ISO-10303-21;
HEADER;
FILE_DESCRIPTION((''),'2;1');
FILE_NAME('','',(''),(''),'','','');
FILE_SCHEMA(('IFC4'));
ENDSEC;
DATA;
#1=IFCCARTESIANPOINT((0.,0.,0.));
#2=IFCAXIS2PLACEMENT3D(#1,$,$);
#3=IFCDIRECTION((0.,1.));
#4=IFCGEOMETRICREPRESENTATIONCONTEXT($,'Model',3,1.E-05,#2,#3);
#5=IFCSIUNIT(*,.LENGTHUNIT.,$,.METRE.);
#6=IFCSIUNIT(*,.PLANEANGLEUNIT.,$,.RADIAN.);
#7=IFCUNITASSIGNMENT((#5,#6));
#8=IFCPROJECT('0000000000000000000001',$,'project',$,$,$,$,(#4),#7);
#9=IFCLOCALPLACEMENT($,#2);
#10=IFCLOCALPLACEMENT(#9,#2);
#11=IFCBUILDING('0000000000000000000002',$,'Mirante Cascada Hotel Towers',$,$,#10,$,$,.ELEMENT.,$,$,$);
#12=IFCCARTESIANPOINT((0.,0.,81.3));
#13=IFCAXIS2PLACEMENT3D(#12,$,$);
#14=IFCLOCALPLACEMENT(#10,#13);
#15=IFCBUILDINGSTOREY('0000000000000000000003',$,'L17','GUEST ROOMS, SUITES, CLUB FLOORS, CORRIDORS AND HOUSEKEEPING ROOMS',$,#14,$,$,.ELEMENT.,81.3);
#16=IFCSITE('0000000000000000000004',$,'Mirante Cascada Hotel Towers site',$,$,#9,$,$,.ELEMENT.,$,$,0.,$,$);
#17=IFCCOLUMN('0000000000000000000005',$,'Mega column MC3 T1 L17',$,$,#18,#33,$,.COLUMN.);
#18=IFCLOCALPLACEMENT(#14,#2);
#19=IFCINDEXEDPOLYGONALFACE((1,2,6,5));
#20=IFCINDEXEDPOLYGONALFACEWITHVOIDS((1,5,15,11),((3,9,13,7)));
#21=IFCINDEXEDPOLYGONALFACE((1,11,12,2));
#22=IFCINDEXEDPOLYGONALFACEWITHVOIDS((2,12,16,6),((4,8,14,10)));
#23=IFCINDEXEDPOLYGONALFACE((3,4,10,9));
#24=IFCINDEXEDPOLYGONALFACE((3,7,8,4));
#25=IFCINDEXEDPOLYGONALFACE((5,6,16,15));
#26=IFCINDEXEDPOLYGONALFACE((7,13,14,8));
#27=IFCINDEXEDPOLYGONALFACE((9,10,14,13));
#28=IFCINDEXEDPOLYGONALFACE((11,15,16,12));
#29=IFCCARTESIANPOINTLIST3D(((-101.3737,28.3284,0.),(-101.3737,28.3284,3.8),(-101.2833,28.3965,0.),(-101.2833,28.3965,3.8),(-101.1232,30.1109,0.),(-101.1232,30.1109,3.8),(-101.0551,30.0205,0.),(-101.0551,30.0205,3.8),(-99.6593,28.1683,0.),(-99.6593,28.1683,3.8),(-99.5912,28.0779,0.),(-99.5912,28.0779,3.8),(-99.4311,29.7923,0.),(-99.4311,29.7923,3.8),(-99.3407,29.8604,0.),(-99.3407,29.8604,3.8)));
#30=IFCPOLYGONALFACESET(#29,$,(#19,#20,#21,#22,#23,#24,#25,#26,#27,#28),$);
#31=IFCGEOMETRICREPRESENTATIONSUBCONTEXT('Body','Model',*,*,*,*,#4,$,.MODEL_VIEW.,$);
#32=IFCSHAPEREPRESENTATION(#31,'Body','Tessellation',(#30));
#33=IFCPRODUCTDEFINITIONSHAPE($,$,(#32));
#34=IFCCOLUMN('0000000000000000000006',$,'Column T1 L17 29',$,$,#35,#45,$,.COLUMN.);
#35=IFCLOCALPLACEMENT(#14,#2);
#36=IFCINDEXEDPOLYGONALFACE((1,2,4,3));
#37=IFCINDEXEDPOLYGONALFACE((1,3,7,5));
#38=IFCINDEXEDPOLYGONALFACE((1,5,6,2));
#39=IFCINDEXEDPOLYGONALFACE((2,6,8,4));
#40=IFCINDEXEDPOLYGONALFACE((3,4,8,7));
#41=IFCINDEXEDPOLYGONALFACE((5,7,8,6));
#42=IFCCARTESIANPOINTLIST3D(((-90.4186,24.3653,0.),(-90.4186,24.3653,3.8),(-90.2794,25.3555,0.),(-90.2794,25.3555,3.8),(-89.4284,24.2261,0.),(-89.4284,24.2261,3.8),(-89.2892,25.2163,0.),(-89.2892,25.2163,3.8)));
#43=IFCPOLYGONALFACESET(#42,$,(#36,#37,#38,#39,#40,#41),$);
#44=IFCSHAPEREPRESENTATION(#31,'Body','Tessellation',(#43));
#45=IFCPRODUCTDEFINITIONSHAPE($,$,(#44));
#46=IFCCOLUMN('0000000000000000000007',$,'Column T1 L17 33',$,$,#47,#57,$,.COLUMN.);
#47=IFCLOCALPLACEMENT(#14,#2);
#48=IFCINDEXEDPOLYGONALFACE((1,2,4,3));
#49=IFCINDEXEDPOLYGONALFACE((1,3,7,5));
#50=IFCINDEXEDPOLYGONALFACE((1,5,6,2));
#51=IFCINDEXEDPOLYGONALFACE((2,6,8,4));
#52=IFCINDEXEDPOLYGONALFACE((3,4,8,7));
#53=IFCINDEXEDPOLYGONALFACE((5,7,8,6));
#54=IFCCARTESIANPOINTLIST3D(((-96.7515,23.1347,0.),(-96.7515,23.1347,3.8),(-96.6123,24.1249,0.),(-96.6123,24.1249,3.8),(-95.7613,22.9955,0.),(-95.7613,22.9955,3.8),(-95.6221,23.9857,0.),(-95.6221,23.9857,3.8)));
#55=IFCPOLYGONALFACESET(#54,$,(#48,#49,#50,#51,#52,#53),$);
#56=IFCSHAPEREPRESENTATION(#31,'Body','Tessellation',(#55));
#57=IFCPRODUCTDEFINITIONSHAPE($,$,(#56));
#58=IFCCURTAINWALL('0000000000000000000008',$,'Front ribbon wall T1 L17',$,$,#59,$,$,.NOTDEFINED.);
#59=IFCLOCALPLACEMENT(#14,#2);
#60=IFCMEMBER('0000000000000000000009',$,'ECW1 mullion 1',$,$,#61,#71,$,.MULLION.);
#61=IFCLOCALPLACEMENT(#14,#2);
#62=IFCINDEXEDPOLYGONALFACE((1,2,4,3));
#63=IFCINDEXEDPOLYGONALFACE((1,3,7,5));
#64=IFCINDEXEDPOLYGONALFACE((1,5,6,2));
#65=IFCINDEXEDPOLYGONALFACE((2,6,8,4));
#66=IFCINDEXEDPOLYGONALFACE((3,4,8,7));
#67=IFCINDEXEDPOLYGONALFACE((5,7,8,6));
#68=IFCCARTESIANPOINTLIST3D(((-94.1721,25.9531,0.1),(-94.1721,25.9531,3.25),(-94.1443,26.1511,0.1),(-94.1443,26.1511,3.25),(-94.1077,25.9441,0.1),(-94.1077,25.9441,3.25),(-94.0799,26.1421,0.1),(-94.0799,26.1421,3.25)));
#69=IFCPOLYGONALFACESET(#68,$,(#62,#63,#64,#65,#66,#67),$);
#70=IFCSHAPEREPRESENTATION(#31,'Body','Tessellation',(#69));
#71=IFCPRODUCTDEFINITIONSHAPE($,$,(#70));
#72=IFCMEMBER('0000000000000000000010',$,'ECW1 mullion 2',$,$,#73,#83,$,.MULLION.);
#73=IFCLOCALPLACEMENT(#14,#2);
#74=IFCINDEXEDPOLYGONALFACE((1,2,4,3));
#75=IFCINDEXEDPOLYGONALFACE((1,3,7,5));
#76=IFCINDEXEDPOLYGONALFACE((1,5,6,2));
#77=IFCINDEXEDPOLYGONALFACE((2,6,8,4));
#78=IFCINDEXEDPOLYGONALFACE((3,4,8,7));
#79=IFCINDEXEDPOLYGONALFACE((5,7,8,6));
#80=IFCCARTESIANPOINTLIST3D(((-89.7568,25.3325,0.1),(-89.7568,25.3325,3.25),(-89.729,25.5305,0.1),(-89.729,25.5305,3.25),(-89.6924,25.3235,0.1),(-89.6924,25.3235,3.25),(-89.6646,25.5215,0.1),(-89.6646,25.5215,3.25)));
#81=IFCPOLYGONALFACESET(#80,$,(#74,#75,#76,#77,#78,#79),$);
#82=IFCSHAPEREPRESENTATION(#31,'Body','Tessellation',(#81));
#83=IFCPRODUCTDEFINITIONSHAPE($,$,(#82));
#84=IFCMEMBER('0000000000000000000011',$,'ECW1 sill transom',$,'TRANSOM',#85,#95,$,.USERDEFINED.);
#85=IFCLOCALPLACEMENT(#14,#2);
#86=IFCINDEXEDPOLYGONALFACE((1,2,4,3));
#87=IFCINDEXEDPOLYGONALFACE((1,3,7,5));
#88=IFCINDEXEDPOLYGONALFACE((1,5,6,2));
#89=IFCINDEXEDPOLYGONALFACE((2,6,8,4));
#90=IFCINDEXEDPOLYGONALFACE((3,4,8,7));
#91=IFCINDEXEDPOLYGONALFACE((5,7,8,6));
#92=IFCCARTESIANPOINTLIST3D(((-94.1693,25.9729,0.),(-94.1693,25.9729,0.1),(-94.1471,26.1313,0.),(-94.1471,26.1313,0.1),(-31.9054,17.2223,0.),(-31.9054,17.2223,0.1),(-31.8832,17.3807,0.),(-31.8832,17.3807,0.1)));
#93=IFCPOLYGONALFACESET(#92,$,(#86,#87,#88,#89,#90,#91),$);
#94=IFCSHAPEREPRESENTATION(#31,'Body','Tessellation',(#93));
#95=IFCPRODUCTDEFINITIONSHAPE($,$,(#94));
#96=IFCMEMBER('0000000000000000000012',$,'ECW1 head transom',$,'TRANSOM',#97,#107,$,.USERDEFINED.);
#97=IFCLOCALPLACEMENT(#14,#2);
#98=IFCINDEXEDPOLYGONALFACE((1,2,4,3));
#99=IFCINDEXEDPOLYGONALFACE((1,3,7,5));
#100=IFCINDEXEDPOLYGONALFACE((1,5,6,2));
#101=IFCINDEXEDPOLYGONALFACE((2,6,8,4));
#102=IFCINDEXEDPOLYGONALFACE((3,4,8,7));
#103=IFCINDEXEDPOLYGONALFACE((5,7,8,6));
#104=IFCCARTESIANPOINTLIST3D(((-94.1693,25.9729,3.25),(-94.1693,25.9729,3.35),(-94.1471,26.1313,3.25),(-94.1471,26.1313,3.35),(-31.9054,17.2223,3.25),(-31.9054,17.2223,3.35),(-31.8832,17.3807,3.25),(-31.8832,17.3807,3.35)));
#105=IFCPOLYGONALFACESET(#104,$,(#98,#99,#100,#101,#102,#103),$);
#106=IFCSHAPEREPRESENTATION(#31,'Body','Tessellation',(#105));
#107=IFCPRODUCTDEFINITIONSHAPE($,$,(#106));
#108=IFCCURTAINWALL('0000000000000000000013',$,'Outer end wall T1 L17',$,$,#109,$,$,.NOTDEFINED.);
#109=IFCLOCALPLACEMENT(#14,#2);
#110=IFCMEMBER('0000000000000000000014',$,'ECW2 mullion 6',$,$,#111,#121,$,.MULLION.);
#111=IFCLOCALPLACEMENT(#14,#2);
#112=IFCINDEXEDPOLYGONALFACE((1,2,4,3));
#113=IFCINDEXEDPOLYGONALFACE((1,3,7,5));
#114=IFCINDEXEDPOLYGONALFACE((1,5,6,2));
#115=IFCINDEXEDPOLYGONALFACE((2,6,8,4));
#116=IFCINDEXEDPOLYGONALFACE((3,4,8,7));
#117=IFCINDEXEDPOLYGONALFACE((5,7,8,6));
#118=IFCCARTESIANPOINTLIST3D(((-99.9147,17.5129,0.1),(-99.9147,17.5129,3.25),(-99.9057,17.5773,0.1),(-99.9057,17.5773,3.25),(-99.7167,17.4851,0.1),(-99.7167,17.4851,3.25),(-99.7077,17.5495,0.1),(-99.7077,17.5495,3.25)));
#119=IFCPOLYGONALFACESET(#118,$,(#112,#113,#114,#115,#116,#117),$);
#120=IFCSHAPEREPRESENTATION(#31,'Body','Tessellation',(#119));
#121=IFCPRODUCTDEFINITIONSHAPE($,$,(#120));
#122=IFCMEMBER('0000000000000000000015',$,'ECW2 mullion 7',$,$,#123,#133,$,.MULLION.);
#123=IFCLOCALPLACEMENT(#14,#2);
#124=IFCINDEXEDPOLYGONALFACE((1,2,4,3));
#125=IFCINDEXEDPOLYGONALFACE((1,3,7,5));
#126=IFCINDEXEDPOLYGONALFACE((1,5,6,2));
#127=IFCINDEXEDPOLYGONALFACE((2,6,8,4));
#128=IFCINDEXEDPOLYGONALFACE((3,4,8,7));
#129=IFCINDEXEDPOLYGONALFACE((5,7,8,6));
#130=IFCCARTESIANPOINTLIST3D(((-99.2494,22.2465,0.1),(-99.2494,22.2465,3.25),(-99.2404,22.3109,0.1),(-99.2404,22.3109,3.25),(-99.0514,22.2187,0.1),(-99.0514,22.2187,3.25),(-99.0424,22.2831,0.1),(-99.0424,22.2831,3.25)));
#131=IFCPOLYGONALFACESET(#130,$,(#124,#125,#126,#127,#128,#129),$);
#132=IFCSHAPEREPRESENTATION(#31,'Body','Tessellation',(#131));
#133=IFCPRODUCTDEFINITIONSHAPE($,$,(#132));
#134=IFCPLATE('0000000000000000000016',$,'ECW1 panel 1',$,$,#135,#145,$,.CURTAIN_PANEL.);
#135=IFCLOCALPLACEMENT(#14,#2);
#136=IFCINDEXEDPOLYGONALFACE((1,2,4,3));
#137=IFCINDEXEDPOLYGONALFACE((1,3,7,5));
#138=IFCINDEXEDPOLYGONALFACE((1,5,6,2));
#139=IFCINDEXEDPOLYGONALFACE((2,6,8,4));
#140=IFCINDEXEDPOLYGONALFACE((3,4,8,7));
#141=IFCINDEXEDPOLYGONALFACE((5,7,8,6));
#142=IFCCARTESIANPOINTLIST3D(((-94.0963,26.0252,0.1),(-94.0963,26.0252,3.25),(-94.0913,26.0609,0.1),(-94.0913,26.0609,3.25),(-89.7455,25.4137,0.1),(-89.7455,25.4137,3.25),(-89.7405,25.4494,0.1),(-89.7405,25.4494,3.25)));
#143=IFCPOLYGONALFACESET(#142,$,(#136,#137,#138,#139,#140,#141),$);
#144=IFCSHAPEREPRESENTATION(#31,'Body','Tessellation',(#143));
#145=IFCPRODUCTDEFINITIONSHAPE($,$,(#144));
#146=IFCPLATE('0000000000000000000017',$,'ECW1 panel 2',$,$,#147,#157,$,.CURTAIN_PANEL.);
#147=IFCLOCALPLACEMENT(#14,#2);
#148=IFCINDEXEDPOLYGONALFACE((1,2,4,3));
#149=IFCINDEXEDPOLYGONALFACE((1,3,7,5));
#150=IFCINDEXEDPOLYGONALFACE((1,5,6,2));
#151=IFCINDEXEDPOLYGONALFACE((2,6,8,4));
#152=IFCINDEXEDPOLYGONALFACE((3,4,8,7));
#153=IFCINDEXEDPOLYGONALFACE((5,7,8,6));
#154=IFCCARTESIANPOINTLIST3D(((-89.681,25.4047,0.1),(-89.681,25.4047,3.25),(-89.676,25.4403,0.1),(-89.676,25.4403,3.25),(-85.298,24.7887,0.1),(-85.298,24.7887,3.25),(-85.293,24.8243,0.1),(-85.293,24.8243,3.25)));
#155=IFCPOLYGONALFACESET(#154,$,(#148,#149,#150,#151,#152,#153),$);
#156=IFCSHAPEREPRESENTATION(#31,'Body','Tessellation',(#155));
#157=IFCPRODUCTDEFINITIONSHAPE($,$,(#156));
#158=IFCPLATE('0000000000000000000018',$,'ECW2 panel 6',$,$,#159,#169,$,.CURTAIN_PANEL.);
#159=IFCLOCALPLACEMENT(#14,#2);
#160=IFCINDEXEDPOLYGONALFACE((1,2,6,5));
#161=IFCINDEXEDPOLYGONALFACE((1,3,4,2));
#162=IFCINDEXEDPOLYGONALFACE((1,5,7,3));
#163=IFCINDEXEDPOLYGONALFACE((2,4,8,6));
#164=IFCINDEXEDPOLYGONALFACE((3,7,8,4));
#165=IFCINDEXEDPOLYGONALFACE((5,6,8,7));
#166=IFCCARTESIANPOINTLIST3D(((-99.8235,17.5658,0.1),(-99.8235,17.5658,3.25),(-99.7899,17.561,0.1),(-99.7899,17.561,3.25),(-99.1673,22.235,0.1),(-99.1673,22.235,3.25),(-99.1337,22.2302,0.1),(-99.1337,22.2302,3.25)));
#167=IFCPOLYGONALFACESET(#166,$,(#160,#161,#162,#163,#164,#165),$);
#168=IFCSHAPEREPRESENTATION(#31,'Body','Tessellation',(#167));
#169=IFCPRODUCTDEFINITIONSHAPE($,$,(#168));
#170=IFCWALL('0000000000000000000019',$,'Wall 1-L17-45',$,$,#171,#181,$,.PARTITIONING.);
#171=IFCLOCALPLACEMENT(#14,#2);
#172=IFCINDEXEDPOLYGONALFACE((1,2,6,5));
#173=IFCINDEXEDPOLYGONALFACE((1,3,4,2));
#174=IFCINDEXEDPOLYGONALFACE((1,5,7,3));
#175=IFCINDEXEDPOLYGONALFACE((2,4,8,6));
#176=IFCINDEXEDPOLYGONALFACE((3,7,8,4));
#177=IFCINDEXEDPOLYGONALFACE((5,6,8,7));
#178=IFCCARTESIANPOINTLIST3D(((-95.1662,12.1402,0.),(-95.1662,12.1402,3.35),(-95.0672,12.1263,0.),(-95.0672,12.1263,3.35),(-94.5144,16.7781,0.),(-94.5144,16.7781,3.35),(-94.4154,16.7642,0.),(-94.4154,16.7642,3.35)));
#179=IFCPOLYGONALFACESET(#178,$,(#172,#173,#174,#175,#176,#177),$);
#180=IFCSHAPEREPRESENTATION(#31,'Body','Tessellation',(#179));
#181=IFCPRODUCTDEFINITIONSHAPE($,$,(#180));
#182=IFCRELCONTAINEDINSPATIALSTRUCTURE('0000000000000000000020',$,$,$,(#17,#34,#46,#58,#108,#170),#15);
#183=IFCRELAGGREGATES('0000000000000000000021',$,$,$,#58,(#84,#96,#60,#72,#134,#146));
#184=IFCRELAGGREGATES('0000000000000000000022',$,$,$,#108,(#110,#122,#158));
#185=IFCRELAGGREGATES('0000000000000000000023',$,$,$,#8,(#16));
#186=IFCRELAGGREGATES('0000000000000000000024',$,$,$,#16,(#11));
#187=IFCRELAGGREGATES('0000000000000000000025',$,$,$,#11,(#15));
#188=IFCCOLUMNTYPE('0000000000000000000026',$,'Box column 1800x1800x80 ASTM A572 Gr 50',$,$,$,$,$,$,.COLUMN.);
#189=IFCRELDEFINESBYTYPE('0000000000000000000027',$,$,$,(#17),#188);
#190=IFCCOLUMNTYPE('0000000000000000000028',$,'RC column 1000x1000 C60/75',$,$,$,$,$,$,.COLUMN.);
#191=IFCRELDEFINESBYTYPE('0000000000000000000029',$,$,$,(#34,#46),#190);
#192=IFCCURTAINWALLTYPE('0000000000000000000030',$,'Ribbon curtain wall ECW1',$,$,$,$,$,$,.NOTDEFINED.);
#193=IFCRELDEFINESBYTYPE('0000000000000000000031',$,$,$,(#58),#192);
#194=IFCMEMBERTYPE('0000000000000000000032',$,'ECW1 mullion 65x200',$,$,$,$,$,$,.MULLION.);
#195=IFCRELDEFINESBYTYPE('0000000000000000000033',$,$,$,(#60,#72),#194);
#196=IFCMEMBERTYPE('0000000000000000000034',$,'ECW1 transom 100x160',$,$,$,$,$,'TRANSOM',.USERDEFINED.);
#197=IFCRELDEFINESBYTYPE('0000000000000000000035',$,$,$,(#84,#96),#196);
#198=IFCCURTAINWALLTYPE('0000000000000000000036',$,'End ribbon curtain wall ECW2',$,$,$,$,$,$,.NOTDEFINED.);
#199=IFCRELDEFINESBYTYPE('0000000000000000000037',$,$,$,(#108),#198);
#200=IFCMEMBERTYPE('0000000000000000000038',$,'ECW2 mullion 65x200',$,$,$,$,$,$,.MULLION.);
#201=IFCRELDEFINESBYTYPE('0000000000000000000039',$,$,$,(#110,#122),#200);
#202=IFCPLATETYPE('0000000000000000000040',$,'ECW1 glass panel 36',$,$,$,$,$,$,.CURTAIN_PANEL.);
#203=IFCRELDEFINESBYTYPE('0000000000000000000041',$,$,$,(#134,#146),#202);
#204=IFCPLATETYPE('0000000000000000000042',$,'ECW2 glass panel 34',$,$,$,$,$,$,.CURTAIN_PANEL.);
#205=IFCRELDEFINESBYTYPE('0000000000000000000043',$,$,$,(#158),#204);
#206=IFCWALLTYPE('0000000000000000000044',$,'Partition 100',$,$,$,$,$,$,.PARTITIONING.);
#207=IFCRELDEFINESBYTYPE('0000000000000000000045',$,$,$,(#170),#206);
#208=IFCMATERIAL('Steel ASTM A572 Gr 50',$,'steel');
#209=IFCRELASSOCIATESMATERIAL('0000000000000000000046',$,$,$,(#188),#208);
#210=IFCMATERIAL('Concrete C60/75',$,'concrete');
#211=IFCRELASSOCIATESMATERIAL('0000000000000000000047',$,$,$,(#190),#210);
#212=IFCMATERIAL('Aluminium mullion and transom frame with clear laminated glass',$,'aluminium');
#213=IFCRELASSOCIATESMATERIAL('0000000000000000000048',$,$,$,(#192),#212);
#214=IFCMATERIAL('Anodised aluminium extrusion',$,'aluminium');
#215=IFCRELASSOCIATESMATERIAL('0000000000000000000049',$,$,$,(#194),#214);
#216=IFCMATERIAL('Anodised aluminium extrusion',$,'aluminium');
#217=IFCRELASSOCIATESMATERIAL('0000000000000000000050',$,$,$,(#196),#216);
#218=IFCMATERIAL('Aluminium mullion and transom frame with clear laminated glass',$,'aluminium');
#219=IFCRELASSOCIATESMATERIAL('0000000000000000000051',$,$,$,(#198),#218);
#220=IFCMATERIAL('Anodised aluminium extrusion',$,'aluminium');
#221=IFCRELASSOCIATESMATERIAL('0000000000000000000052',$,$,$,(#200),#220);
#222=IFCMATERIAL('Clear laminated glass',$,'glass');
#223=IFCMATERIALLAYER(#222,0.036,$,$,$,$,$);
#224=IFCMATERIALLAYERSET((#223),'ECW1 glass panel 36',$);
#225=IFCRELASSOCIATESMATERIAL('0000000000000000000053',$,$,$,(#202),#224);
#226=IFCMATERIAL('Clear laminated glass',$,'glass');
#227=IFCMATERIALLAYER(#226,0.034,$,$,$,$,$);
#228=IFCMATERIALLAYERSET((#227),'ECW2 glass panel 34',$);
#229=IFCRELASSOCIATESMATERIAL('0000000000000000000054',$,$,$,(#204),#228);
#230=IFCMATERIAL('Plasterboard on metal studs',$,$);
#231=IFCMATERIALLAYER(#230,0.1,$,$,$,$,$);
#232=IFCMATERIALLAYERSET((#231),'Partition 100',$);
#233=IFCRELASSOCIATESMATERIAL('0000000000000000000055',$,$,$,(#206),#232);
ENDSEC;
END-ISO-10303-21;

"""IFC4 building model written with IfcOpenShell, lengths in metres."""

from ifc_helpers import new_model, si_unit, direction, frame, frame_2d, origin, origin_2d, place, context, subcontext, project, spatial, rectangle, hollow_rectangle, extrude, material, layer, layer_set, material_profile, profile_set, type_object, element, aggregate, save


model = new_model("IFC4")

# Units and contexts
model_context = context("Model", 3, precision=1e-05, world=origin(), true_north=direction((0.0, 1.0)))
body_context = subcontext(model_context, "Body", "Model", "MODEL_VIEW")
ifc_project = project(units=[si_unit("LENGTHUNIT", "METRE"), si_unit("PLANEANGLEUNIT", "RADIAN")], contexts=[model_context])

# Site, building, storey
site_placement = place(None, origin())
site = spatial("IfcSite", under=ifc_project, at=site_placement, Name="Mirante Cascada Hotel Towers site", CompositionType="ELEMENT", RefElevation=0.0)
building_placement = place(site_placement, origin())
building = spatial("IfcBuilding", under=site, at=building_placement, Name="Mirante Cascada Hotel Towers", CompositionType="ELEMENT")
storey_placement = place(building_placement, frame((0.0, 0.0, 81.3)))
storey = spatial("IfcBuildingStorey", under=building, at=storey_placement, Name="L17", Description="GUEST ROOMS, SUITES, CLUB FLOORS, CORRIDORS AND HOUSEKEEPING ROOMS", CompositionType="ELEMENT", Elevation=81.3)

# Columns
ifc_material_1 = material(Name="Steel ASTM A572 Gr 50", Category="steel")
ifc_material_profile_1 = material_profile(ifc_material_1, hollow_rectangle(XDim=1.8, YDim=1.8, WallThickness=0.08, at=origin_2d()), Name="Box column 1800x1800x80 ASTM A572 Gr 50")
ifc_profile_set_1 = profile_set([ifc_material_profile_1], Name="Steel ASTM A572 Gr 50")
column_type_1 = type_object("IfcColumnType", Name="Box column 1800x1800x80 ASTM A572 Gr 50", PredefinedType="COLUMN", material=ifc_profile_set_1)
column_placement = place(storey_placement, frame((-100.3572, 29.0944, 0.0), z_axis=(0.0, 0.0, 1.0), x_axis=(-0.990268, 0.139173, 0.0)))
element("IfcColumn", 1, at=column_placement, inside=storey, type_object=column_type_1, Name="Mega column MC3 T1 L17", PredefinedType="COLUMN", context=body_context, shape_type="SweptSolid", body=[
    extrude(hollow_rectangle(XDim=1.8, YDim=1.8, WallThickness=0.08, at=origin_2d()), origin(), (0.0, 0.0, 1.0), 3.8),
])
ifc_material_2 = material(Name="Concrete C60/75", Category="concrete")
ifc_material_profile_2 = material_profile(ifc_material_2, rectangle(XDim=1.0, YDim=1.0, at=origin_2d()), Name="RC column 1000x1000 C60/75")
ifc_profile_set_2 = profile_set([ifc_material_profile_2], Name="Concrete C60/75")
column_type_2 = type_object("IfcColumnType", Name="RC column 1000x1000 C60/75", PredefinedType="COLUMN", material=ifc_profile_set_2)
for number, where, z_axis, x_axis, name in (
    (2, (-89.8539, 24.7908, 0.0), (0.0, 0.0, 1.0), (-0.990268, 0.139173, 0.0), "Column T1 L17 29"),
    (3, (-96.1868, 23.5602, 0.0), (0.0, 0.0, 1.0), (-0.990268, 0.139173, 0.0), "Column T1 L17 33"),
):
    element("IfcColumn", number, at=place(storey_placement, frame(where, z_axis=z_axis, x_axis=x_axis)), inside=storey, type_object=column_type_2, Name=name, PredefinedType="COLUMN", context=body_context, shape_type="SweptSolid", body=[
        extrude(rectangle(XDim=1.0, YDim=1.0, at=origin_2d()), origin(), (0.0, 0.0, 1.0), 3.8),
    ])

# Curtain walls, members
ifc_material_3 = material(Name="Aluminium mullion and transom frame with clear laminated glass", Category="aluminium")
curtain_wall_type_1 = type_object("IfcCurtainWallType", Name="Ribbon curtain wall ECW1", PredefinedType="NOTDEFINED", material=ifc_material_3)
curtain_wall_1_placement = place(storey_placement, origin())
curtain_wall_1 = element("IfcCurtainWall", 4, at=curtain_wall_1_placement, inside=storey, type_object=curtain_wall_type_1, Name="Front ribbon wall T1 L17", PredefinedType="NOTDEFINED")
ifc_material_4 = material(Name="Anodised aluminium extrusion", Category="aluminium")
ifc_material_profile_3 = material_profile(ifc_material_4, rectangle(XDim=0.2, YDim=0.065, at=origin_2d()), Name="ECW1 MULLION 65x200")
ifc_profile_set_3 = profile_set([ifc_material_profile_3], Name="Anodised aluminium extrusion")
member_type_1 = type_object("IfcMemberType", Name="ECW1 mullion 65x200", PredefinedType="MULLION", material=ifc_profile_set_3)
member_1_placement = place(storey_placement, frame((-94.126, 26.0476, 0.1), z_axis=(0.0, 0.0, 1.0), x_axis=(0.139173, 0.990268, 0.0)))
member_1 = element("IfcMember", 5, at=member_1_placement, type_object=member_type_1, Name="ECW1 mullion 1", PredefinedType="MULLION", context=body_context, shape_type="SweptSolid", body=[
    extrude(rectangle(XDim=0.2, YDim=0.065, at=origin_2d()), origin(), (0.0, 0.0, 1.0), 3.15),
])
member_2_placement = place(storey_placement, frame((-89.7107, 25.427, 0.1), z_axis=(0.0, 0.0, 1.0), x_axis=(0.139173, 0.990268, 0.0)))
member_2 = element("IfcMember", 6, at=member_2_placement, type_object=member_type_1, Name="ECW1 mullion 2", PredefinedType="MULLION", context=body_context, shape_type="SweptSolid", body=[
    extrude(rectangle(XDim=0.2, YDim=0.065, at=origin_2d()), origin(), (0.0, 0.0, 1.0), 3.15),
])
ifc_material_5 = material(Name="Anodised aluminium extrusion", Category="aluminium")
ifc_material_profile_4 = material_profile(ifc_material_5, rectangle(XDim=0.16, YDim=0.1, at=origin_2d()), Name="ECW1 TRANSOM 100x160")
ifc_profile_set_4 = profile_set([ifc_material_profile_4], Name="Anodised aluminium extrusion")
member_type_2 = type_object("IfcMemberType", Name="ECW1 transom 100x160", ElementType="TRANSOM", PredefinedType="USERDEFINED", material=ifc_profile_set_4)
member_3_placement = place(storey_placement, frame((-94.1582, 26.0521, 0.05), z_axis=(0.990268, -0.139173, 0.0), x_axis=(0.139173, 0.990268, 0.0)))
member_3 = element("IfcMember", 7, at=member_3_placement, type_object=member_type_2, Name="ECW1 sill transom", ObjectType="TRANSOM", PredefinedType="USERDEFINED", context=body_context, shape_type="SweptSolid", body=[
    extrude(rectangle(XDim=0.16, YDim=0.1, at=origin_2d()), origin(), (0.0, 0.0, 1.0), 62.8758),
])
member_4_placement = place(storey_placement, frame((-94.1582, 26.0521, 3.3), z_axis=(0.990268, -0.139173, 0.0), x_axis=(0.139173, 0.990268, 0.0)))
member_4 = element("IfcMember", 8, at=member_4_placement, type_object=member_type_2, Name="ECW1 head transom", ObjectType="TRANSOM", PredefinedType="USERDEFINED", context=body_context, shape_type="SweptSolid", body=[
    extrude(rectangle(XDim=0.16, YDim=0.1, at=origin_2d()), origin(), (0.0, 0.0, 1.0), 62.8758),
])
ifc_material_6 = material(Name="Aluminium mullion and transom frame with clear laminated glass", Category="aluminium")
curtain_wall_type_2 = type_object("IfcCurtainWallType", Name="End ribbon curtain wall ECW2", PredefinedType="NOTDEFINED", material=ifc_material_6)
curtain_wall_2_placement = place(storey_placement, origin())
curtain_wall_2 = element("IfcCurtainWall", 9, at=curtain_wall_2_placement, inside=storey, type_object=curtain_wall_type_2, Name="Outer end wall T1 L17", PredefinedType="NOTDEFINED")
ifc_material_7 = material(Name="Anodised aluminium extrusion", Category="aluminium")
ifc_material_profile_5 = material_profile(ifc_material_7, rectangle(XDim=0.2, YDim=0.065, at=origin_2d()), Name="ECW2 MULLION 65x200")
ifc_profile_set_5 = profile_set([ifc_material_profile_5], Name="Anodised aluminium extrusion")
member_type_3 = type_object("IfcMemberType", Name="ECW2 mullion 65x200", PredefinedType="MULLION", material=ifc_profile_set_5)
member_5_placement = place(storey_placement, frame((-99.8112, 17.5312, 0.1), z_axis=(0.0, 0.0, 1.0), x_axis=(-0.990268, 0.139173, 0.0)))
member_5 = element("IfcMember", 10, at=member_5_placement, type_object=member_type_3, Name="ECW2 mullion 6", PredefinedType="MULLION", context=body_context, shape_type="SweptSolid", body=[
    extrude(rectangle(XDim=0.2, YDim=0.065, at=origin_2d()), origin(), (0.0, 0.0, 1.0), 3.15),
])
member_6_placement = place(storey_placement, frame((-99.1459, 22.2648, 0.1), z_axis=(0.0, 0.0, 1.0), x_axis=(-0.990268, 0.139173, 0.0)))
member_6 = element("IfcMember", 11, at=member_6_placement, type_object=member_type_3, Name="ECW2 mullion 7", PredefinedType="MULLION", context=body_context, shape_type="SweptSolid", body=[
    extrude(rectangle(XDim=0.2, YDim=0.065, at=origin_2d()), origin(), (0.0, 0.0, 1.0), 3.15),
])

# Plates
ifc_material_8 = material(Name="Clear laminated glass", Category="glass")
ifc_layer_1 = layer(ifc_material_8, 0.036)
ifc_layer_set_1 = layer_set([ifc_layer_1], Name="ECW1 glass panel 36")
plate_type_1 = type_object("IfcPlateType", Name="ECW1 glass panel 36", PredefinedType="CURTAIN_PANEL", material=ifc_layer_set_1)
plate_1_placement = place(storey_placement, frame((-91.9184, 25.7373, 0.1), z_axis=(0.0, 0.0, 1.0), x_axis=(0.990268, -0.139173, 0.0)))
plate_1 = element("IfcPlate", 12, at=plate_1_placement, type_object=plate_type_1, Name="ECW1 panel 1", PredefinedType="CURTAIN_PANEL", context=body_context, shape_type="SweptSolid", body=[
    extrude(rectangle(XDim=4.3936, YDim=0.036, at=origin_2d()), origin(), (0.0, 0.0, 1.0), 3.15),
])
plate_2_placement = place(storey_placement, frame((-87.487, 25.1145, 0.1), z_axis=(0.0, 0.0, 1.0), x_axis=(0.990268, -0.139173, 0.0)))
plate_2 = element("IfcPlate", 13, at=plate_2_placement, type_object=plate_type_1, Name="ECW1 panel 2", PredefinedType="CURTAIN_PANEL", context=body_context, shape_type="SweptSolid", body=[
    extrude(rectangle(XDim=4.4261, YDim=0.036, at=origin_2d()), origin(), (0.0, 0.0, 1.0), 3.15),
])
aggregate(curtain_wall_1, [member_3, member_4, member_1, member_2, plate_1, plate_2])
ifc_material_9 = material(Name="Clear laminated glass", Category="glass")
ifc_layer_2 = layer(ifc_material_9, 0.034)
ifc_layer_set_2 = layer_set([ifc_layer_2], Name="ECW2 glass panel 34")
plate_type_2 = type_object("IfcPlateType", Name="ECW2 glass panel 34", PredefinedType="CURTAIN_PANEL", material=ifc_layer_set_2)
plate_3_placement = place(storey_placement, frame((-99.4786, 19.898, 0.1), z_axis=(0.0, 0.0, 1.0), x_axis=(0.139173, 0.990268, 0.0)))
plate_3 = element("IfcPlate", 14, at=plate_3_placement, type_object=plate_type_2, Name="ECW2 panel 6", PredefinedType="CURTAIN_PANEL", context=body_context, shape_type="SweptSolid", body=[
    extrude(rectangle(XDim=4.7151, YDim=0.034, at=origin_2d()), origin(), (0.0, 0.0, 1.0), 3.15),
])
aggregate(curtain_wall_2, [member_5, member_6, plate_3])

# Wall
ifc_material_10 = material(Name="Plasterboard on metal studs")
ifc_layer_3 = layer(ifc_material_10, 0.1)
ifc_layer_set_3 = layer_set([ifc_layer_3], Name="Partition 100")
wall_type_1 = type_object("IfcWallType", Name="Partition 100", PredefinedType="PARTITIONING", material=ifc_layer_set_3)
wall_1_placement = place(storey_placement, frame((-94.4649, 16.7712, 0.0), z_axis=(0.0, 0.0, 1.0), x_axis=(-0.13917, -0.990268, 0.0)))
element("IfcWall", 15, at=wall_1_placement, inside=storey, type_object=wall_type_1, Name="Wall 1-L17-45", PredefinedType="PARTITIONING", context=body_context, shape_type="SweptSolid", body=[
    extrude(rectangle(XDim=4.6835, YDim=0.1, at=frame_2d((2.3418, 0.0))), origin(), (0.0, 0.0, 1.0), 3.35),
])

save(model, "model.ifc")
